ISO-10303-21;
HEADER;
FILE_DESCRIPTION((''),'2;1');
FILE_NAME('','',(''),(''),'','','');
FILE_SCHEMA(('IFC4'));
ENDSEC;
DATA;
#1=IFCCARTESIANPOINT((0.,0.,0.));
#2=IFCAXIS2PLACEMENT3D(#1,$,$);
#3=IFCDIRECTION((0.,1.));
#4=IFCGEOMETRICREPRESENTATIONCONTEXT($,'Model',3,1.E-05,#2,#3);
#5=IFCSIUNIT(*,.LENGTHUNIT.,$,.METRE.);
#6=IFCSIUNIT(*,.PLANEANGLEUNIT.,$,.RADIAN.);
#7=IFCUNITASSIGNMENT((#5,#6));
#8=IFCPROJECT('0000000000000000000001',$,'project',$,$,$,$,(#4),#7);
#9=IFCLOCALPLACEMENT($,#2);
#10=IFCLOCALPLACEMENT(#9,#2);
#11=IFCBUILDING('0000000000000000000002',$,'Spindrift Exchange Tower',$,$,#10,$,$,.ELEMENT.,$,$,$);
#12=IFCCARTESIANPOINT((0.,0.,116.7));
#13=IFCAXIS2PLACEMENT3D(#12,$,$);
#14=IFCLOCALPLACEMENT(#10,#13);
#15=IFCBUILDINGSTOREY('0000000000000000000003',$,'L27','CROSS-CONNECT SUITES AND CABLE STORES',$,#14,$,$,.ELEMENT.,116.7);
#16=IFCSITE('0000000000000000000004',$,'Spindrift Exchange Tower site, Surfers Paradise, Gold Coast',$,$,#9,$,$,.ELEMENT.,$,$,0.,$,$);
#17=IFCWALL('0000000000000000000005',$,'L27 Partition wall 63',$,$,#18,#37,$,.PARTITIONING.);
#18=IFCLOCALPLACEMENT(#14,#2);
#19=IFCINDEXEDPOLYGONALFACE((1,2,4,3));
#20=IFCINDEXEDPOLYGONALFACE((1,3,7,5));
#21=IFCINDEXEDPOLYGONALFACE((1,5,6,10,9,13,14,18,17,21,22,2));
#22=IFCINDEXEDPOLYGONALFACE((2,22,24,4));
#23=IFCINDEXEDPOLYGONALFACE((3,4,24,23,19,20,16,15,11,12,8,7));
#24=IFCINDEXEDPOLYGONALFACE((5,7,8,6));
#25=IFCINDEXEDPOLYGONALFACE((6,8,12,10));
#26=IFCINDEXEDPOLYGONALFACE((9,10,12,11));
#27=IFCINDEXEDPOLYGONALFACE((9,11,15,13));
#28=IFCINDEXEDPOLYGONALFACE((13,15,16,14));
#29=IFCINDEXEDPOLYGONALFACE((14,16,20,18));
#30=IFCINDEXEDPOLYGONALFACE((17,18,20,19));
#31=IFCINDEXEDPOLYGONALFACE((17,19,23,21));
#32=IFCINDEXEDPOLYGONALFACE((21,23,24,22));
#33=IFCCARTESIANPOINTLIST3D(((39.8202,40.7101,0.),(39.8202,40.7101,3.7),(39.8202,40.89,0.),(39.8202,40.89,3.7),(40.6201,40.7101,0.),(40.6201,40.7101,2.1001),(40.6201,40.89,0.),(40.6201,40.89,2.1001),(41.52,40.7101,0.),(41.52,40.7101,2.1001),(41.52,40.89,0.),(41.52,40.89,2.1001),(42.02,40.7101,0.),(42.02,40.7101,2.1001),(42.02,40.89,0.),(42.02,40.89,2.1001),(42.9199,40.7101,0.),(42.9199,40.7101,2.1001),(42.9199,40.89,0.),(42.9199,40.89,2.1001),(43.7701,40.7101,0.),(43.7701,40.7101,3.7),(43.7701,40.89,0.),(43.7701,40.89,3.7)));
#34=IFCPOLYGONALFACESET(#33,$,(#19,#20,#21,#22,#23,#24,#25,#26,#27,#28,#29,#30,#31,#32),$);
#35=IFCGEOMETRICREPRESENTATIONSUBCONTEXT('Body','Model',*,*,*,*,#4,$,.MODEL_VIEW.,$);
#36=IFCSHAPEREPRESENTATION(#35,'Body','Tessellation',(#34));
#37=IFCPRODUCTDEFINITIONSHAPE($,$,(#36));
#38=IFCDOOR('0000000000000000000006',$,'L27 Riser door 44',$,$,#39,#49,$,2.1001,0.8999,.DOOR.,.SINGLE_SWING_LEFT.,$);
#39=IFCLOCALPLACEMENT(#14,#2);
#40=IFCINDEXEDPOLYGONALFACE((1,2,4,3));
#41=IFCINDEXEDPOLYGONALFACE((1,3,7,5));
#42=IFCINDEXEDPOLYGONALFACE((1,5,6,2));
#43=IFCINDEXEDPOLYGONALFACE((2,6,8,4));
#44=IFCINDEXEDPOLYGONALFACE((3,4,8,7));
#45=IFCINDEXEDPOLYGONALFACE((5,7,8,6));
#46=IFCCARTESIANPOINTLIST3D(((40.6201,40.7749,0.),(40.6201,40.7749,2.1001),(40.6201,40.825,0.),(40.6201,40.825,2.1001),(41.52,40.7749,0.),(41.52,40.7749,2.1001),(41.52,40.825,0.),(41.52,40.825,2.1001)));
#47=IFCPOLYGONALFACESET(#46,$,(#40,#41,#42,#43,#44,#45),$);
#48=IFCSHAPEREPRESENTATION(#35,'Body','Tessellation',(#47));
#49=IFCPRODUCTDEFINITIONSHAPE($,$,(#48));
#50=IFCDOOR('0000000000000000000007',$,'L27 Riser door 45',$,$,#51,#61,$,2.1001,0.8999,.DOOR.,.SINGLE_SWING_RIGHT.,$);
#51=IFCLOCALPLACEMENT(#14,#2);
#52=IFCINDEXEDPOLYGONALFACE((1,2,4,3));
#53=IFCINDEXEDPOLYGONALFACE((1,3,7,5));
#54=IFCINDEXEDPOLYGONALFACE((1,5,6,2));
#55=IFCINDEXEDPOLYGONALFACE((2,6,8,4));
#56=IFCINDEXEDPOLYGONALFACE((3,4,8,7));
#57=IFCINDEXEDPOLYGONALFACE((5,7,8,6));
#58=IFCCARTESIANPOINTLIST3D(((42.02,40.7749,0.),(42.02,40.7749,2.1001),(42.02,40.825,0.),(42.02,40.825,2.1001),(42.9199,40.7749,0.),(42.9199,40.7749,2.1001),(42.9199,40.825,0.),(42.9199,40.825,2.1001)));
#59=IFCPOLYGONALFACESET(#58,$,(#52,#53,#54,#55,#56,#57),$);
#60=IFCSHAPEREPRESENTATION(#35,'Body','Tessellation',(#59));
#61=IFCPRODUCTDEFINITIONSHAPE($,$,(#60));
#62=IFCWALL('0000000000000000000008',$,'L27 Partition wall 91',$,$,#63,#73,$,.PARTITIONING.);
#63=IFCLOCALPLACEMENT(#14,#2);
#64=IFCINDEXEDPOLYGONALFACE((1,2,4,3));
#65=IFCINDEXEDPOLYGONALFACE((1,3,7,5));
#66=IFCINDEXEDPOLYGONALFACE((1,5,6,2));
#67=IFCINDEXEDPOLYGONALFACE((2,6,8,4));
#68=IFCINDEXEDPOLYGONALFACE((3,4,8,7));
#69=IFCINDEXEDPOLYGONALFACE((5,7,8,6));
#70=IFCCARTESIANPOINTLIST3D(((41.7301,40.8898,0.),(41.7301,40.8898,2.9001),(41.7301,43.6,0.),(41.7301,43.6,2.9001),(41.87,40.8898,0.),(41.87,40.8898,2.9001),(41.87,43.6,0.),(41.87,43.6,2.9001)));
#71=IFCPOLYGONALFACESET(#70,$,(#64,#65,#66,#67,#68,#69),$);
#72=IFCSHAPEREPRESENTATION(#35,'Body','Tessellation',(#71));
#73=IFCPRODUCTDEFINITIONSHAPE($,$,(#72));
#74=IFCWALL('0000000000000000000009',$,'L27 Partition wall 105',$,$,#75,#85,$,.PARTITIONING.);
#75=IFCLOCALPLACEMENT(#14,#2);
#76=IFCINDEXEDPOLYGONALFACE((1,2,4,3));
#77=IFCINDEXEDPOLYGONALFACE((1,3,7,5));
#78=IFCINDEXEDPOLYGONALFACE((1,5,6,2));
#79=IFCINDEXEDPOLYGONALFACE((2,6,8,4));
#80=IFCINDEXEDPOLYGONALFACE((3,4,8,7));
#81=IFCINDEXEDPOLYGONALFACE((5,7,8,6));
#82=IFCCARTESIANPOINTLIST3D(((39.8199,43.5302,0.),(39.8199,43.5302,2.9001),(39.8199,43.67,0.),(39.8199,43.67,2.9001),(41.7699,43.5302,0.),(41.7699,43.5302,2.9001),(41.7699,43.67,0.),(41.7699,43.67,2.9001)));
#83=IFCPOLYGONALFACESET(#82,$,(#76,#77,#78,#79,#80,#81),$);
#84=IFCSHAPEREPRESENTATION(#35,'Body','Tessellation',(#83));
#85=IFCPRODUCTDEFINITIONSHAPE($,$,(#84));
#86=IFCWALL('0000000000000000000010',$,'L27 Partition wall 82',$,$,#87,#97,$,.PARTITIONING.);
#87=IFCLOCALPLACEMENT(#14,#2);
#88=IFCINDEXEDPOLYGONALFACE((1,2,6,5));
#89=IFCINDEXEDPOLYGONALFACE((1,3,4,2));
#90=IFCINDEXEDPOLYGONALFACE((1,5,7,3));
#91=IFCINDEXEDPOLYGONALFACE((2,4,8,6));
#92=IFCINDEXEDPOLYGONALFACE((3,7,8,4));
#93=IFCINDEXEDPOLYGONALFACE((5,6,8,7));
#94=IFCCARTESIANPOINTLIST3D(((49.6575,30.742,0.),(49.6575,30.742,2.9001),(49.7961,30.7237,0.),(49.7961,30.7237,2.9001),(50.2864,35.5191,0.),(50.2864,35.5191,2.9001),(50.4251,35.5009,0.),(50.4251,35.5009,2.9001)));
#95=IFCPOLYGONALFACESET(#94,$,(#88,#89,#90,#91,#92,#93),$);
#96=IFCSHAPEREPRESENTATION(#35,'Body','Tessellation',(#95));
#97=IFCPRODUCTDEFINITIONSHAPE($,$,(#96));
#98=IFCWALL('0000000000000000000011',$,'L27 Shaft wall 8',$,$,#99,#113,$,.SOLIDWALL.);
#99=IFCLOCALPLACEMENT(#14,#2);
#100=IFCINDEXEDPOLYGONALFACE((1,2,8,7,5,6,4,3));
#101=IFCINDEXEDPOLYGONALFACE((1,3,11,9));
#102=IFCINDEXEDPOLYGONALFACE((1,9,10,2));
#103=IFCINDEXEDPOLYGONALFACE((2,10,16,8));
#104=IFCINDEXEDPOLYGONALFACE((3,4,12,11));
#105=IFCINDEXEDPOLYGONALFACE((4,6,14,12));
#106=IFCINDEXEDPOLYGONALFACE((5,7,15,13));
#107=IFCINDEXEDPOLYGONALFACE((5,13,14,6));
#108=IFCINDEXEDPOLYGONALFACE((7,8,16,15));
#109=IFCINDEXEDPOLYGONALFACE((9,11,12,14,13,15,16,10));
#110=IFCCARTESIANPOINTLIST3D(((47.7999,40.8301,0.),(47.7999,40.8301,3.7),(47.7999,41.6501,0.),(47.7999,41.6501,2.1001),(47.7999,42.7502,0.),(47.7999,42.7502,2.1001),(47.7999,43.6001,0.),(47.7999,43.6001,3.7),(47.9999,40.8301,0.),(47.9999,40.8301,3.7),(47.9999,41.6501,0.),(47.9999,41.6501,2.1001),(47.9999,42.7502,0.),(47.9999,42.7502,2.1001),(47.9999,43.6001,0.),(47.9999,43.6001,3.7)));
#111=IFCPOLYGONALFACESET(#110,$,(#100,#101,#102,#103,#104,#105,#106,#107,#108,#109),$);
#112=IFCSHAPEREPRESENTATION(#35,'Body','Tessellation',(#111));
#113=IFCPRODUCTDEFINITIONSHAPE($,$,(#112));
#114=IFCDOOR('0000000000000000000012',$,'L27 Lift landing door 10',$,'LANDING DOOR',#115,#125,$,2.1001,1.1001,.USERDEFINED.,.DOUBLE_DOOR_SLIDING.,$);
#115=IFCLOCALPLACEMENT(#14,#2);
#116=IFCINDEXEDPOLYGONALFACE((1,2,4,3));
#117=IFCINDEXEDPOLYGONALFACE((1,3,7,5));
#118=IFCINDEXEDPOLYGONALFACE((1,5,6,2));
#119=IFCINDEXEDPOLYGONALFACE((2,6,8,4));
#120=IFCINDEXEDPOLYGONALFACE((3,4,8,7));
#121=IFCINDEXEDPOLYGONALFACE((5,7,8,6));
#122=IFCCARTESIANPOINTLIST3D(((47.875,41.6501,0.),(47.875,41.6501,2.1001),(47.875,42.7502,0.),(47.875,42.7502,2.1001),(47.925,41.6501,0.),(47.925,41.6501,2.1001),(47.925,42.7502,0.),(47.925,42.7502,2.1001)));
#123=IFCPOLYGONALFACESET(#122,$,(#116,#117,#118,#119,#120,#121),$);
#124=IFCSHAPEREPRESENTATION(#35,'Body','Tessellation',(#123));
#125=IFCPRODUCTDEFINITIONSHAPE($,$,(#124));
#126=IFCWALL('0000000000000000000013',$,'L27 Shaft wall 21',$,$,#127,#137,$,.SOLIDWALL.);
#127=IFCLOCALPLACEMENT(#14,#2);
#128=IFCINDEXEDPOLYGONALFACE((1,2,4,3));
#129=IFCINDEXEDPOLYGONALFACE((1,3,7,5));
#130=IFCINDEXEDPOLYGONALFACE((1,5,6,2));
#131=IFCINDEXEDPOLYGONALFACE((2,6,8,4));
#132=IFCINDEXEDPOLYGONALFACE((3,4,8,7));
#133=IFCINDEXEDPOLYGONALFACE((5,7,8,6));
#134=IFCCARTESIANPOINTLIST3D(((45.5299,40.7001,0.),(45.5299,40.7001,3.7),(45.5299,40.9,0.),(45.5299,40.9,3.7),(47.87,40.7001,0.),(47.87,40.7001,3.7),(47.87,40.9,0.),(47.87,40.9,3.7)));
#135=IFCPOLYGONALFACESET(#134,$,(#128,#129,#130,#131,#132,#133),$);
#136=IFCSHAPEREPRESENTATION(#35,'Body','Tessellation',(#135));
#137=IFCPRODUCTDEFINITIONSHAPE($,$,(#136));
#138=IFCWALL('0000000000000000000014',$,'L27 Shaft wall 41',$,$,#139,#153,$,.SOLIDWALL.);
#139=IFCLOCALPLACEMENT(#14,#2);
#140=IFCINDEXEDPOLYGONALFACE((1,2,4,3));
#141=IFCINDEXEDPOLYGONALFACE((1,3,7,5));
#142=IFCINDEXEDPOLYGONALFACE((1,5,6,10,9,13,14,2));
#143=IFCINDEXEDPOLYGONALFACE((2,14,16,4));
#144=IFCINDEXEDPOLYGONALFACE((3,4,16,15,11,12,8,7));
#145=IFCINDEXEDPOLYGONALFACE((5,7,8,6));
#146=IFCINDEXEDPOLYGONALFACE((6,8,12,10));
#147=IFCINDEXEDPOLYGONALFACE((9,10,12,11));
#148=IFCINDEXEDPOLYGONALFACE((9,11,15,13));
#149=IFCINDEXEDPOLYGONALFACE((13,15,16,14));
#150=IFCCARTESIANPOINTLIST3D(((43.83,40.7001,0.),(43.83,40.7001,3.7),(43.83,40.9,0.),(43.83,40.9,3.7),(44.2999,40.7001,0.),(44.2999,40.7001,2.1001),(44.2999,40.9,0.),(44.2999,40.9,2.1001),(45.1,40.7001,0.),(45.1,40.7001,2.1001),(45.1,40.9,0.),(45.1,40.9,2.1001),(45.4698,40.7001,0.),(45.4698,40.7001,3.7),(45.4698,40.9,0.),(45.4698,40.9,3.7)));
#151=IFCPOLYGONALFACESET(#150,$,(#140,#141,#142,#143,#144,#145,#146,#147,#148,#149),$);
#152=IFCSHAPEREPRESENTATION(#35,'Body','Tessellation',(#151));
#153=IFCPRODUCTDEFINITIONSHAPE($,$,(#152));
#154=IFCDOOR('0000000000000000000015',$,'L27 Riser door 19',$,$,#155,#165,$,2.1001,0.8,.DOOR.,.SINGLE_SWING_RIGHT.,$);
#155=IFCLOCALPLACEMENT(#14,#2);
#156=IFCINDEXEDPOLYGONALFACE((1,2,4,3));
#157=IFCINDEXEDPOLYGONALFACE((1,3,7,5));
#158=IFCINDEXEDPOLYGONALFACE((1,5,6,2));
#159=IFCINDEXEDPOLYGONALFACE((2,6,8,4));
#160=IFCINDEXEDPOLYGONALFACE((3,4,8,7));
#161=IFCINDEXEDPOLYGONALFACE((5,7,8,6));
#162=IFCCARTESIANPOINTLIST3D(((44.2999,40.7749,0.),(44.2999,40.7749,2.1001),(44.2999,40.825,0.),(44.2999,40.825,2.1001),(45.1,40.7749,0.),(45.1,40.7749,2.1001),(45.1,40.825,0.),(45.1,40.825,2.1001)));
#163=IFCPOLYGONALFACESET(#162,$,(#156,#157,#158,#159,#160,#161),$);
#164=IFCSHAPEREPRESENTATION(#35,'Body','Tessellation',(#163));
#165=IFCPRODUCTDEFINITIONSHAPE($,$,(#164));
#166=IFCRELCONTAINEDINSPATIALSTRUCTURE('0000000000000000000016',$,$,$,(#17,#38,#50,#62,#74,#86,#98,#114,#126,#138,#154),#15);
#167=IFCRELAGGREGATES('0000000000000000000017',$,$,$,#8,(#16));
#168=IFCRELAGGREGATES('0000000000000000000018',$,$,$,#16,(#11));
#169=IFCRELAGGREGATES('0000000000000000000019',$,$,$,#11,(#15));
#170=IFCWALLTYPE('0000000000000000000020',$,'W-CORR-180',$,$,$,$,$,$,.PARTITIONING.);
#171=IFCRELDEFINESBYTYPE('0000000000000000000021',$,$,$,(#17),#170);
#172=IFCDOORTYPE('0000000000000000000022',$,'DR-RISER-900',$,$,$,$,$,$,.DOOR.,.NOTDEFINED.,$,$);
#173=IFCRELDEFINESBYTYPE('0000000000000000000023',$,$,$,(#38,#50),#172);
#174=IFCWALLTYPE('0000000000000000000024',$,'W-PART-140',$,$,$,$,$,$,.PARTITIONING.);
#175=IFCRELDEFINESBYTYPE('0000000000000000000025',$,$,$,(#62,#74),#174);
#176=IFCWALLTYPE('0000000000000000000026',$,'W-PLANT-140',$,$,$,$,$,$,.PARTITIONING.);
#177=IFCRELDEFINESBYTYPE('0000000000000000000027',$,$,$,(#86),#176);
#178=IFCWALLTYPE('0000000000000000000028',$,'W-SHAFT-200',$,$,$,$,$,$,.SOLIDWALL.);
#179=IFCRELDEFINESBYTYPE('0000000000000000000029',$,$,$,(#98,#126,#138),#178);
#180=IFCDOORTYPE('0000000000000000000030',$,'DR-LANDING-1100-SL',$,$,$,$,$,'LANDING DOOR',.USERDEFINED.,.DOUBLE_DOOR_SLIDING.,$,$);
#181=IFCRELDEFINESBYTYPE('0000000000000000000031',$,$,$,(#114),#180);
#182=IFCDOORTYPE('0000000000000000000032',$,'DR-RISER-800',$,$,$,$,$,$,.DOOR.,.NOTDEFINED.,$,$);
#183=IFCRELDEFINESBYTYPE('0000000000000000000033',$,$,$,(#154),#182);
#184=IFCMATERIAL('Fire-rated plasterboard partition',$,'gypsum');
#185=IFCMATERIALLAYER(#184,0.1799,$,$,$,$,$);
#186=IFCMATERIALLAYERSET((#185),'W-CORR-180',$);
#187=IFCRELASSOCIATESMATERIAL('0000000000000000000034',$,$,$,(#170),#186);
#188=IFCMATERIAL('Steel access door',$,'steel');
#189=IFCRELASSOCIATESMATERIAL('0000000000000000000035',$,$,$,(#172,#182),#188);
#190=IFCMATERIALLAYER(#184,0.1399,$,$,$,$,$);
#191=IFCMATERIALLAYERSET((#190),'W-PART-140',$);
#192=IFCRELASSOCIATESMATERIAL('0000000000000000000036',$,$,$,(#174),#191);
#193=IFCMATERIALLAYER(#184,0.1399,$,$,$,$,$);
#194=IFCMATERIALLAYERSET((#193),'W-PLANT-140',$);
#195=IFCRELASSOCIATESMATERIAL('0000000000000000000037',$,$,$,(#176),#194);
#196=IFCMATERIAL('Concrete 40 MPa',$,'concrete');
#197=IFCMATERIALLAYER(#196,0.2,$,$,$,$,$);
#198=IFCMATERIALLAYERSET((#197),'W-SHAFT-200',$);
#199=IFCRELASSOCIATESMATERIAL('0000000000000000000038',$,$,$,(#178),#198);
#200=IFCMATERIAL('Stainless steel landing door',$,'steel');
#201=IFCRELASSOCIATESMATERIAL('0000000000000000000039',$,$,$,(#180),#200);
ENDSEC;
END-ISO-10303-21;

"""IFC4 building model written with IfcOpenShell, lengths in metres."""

from ifc_helpers import new_model, si_unit, direction, frame, frame_2d, origin, place, context, subcontext, project, spatial, rectangle, extrude, source, transform, mapped, material, layer, layer_set, type_object, element, fill, save


model = new_model("IFC4")

# Units and contexts
model_context = context("Model", 3, precision=1e-05, world=origin(), true_north=direction((0.0, 1.0)))
body_context = subcontext(model_context, "Body", "Model", "MODEL_VIEW")
ifc_project = project(units=[si_unit("LENGTHUNIT", "METRE"), si_unit("PLANEANGLEUNIT", "RADIAN")], contexts=[model_context])

# Site, building, storey
site_placement = place(None, origin())
site = spatial("IfcSite", under=ifc_project, at=site_placement, Name="Spindrift Exchange Tower site, Surfers Paradise, Gold Coast", CompositionType="ELEMENT", RefElevation=0.0)
building_placement = place(site_placement, origin())
building = spatial("IfcBuilding", under=site, at=building_placement, Name="Spindrift Exchange Tower", CompositionType="ELEMENT")
storey_placement = place(building_placement, frame((0.0, 0.0, 116.7)))
storey = spatial("IfcBuildingStorey", under=building, at=storey_placement, Name="L27", Description="CROSS-CONNECT SUITES AND CABLE STORES", CompositionType="ELEMENT", Elevation=116.7)

# Wall, openings, doors
ifc_material_1 = material(Name="Fire-rated plasterboard partition", Category="gypsum")
ifc_layer_1 = layer(ifc_material_1, 0.1799)
ifc_layer_set_1 = layer_set([ifc_layer_1], Name="W-CORR-180")
wall_type_1 = type_object("IfcWallType", Name="W-CORR-180", PredefinedType="PARTITIONING", material=ifc_layer_set_1)
wall_1_placement = place(storey_placement, frame((39.8201, 40.8, 0.0), z_axis=(0.0, 0.0, 1.0), x_axis=(1.0, 0.0, 0.0)))
wall_1 = element("IfcWall", 1, at=wall_1_placement, inside=storey, type_object=wall_type_1, Name="L27 Partition wall 63", PredefinedType="PARTITIONING", context=body_context, shape_type="SweptSolid", body=[
    extrude(rectangle(XDim=3.95, YDim=0.1799, at=frame_2d((1.9751, 0.0))), origin(), (0.0, 0.0, 1.0), 3.7),
])
opening_1_placement = place(wall_1_placement, frame((0.8, 0.0, 0.0)))
opening_1 = element("IfcOpeningElement", 2, at=opening_1_placement, cuts=wall_1, PredefinedType="OPENING", context=body_context, shape_type="SweptSolid", body=[
    extrude(rectangle(XDim=0.8999, YDim=2.1001, at=frame_2d((0.45, 1.05))), frame((0.0, 0.0999, 0.0), z_axis=(0.0, -1.0, 0.0), x_axis=(1.0, 0.0, 0.0)), (0.0, 0.0, 1.0), 0.2),
])
opening_2_placement = place(wall_1_placement, frame((2.2, 0.0, 0.0)))
opening_2 = element("IfcOpeningElement", 3, at=opening_2_placement, cuts=wall_1, PredefinedType="OPENING", context=body_context, shape_type="SweptSolid", body=[
    extrude(rectangle(XDim=0.8999, YDim=2.1001, at=frame_2d((0.45, 1.05))), frame((0.0, 0.0999, 0.0), z_axis=(0.0, -1.0, 0.0), x_axis=(1.0, 0.0, 0.0)), (0.0, 0.0, 1.0), 0.2),
])
ifc_material_2 = material(Name="Steel access door", Category="steel")
door_type_1 = type_object("IfcDoorType", Name="DR-RISER-900", OperationType="NOTDEFINED", PredefinedType="DOOR", material=ifc_material_2)
shared_shape_1 = source(origin(), body_context, "Body", "SweptSolid", [
    extrude(rectangle(XDim=0.8999, YDim=2.1001, at=frame_2d((0.45, 1.05))), frame((0.0, 0.0249, 0.0), z_axis=(0.0, -1.0, 0.0), x_axis=(1.0, 0.0, 0.0)), (0.0, 0.0, 1.0), 0.05),
])
door_1_placement = place(opening_1_placement, origin())
door_1 = element("IfcDoor", 4, at=door_1_placement, inside=storey, type_object=door_type_1, Name="L27 Riser door 44", OperationType="SINGLE_SWING_LEFT", OverallHeight=2.1001, OverallWidth=0.8999, PredefinedType="DOOR", context=body_context, shape_type="MappedRepresentation", body=[
    mapped(shared_shape_1, transform((0.0, 0.0, 0.0), scale=1.0)),
])
fill(opening_1, door_1)
door_2_placement = place(opening_2_placement, origin())
door_2 = element("IfcDoor", 5, at=door_2_placement, inside=storey, type_object=door_type_1, Name="L27 Riser door 45", OperationType="SINGLE_SWING_RIGHT", OverallHeight=2.1001, OverallWidth=0.8999, PredefinedType="DOOR", context=body_context, shape_type="MappedRepresentation", body=[
    mapped(shared_shape_1, transform((0.0, 0.0, 0.0), scale=1.0)),
])
fill(opening_2, door_2)

# Walls
ifc_layer_2 = layer(ifc_material_1, 0.1399)
ifc_layer_set_2 = layer_set([ifc_layer_2], Name="W-PART-140")
wall_type_2 = type_object("IfcWallType", Name="W-PART-140", PredefinedType="PARTITIONING", material=ifc_layer_set_2)
wall_2_placement = place(storey_placement, frame((41.8, 40.8899, 0.0), z_axis=(0.0, 0.0, 1.0), x_axis=(0.0, 1.0, 0.0)))
element("IfcWall", 6, at=wall_2_placement, inside=storey, type_object=wall_type_2, Name="L27 Partition wall 91", PredefinedType="PARTITIONING", context=body_context, shape_type="SweptSolid", body=[
    extrude(rectangle(XDim=2.7102, YDim=0.1399, at=frame_2d((1.355, 0.0))), origin(), (0.0, 0.0, 1.0), 2.9001),
])
wall_3_placement = place(storey_placement, frame((41.77, 43.6001, 0.0), z_axis=(0.0, 0.0, 1.0), x_axis=(-1.0, 0.0, 0.0)))
element("IfcWall", 7, at=wall_3_placement, inside=storey, type_object=wall_type_2, Name="L27 Partition wall 105", PredefinedType="PARTITIONING", context=body_context, shape_type="SweptSolid", body=[
    extrude(rectangle(XDim=1.95, YDim=0.1399, at=frame_2d((0.9751, 0.0))), origin(), (0.0, 0.0, 1.0), 2.9001),
])
ifc_layer_3 = layer(ifc_material_1, 0.1399)
ifc_layer_set_3 = layer_set([ifc_layer_3], Name="W-PLANT-140")
wall_type_3 = type_object("IfcWallType", Name="W-PLANT-140", PredefinedType="PARTITIONING", material=ifc_layer_set_3)
wall_4_placement = place(storey_placement, frame((50.3557, 35.51, 0.0), z_axis=(0.0, 0.0, 1.0), x_axis=(-0.130524, -0.991445, 0.0)))
element("IfcWall", 8, at=wall_4_placement, inside=storey, type_object=wall_type_3, Name="L27 Partition wall 82", PredefinedType="PARTITIONING", context=body_context, shape_type="SweptSolid", body=[
    extrude(rectangle(XDim=4.8184, YDim=0.1399, at=frame_2d((2.4092, 0.0))), origin(), (0.0, 0.0, 1.0), 2.9001),
])

# Wall, opening, door
ifc_material_3 = material(Name="Concrete 40 MPa", Category="concrete")
ifc_layer_4 = layer(ifc_material_3, 0.2)
ifc_layer_set_4 = layer_set([ifc_layer_4], Name="W-SHAFT-200")
wall_type_4 = type_object("IfcWallType", Name="W-SHAFT-200", PredefinedType="SOLIDWALL", material=ifc_layer_set_4)
wall_5_placement = place(storey_placement, frame((47.8999, 40.8301, 0.0), z_axis=(0.0, 0.0, 1.0), x_axis=(0.0, 1.0, 0.0)))
wall_5 = element("IfcWall", 9, at=wall_5_placement, inside=storey, type_object=wall_type_4, Name="L27 Shaft wall 8", PredefinedType="SOLIDWALL", context=body_context, shape_type="SweptSolid", body=[
    extrude(rectangle(XDim=2.77, YDim=0.2, at=frame_2d((1.385, 0.0))), origin(), (0.0, 0.0, 1.0), 3.7),
])
opening_3_placement = place(wall_5_placement, frame((0.8201, 0.0, 0.0)))
opening_3 = element("IfcOpeningElement", 10, at=opening_3_placement, cuts=wall_5, PredefinedType="OPENING", context=body_context, shape_type="SweptSolid", body=[
    extrude(rectangle(XDim=1.1001, YDim=2.1001, at=frame_2d((0.55, 1.05))), frame((0.0, 0.1099, 0.0), z_axis=(0.0, -1.0, 0.0), x_axis=(1.0, 0.0, 0.0)), (0.0, 0.0, 1.0), 0.22),
])
ifc_material_4 = material(Name="Stainless steel landing door", Category="steel")
door_type_2 = type_object("IfcDoorType", Name="DR-LANDING-1100-SL", ElementType="LANDING DOOR", OperationType="DOUBLE_DOOR_SLIDING", PredefinedType="USERDEFINED", material=ifc_material_4)
shared_shape_2 = source(origin(), body_context, "Body", "SweptSolid", [
    extrude(rectangle(XDim=1.1001, YDim=2.1001, at=frame_2d((0.55, 1.05))), frame((0.0, 0.0249, 0.0), z_axis=(0.0, -1.0, 0.0), x_axis=(1.0, 0.0, 0.0)), (0.0, 0.0, 1.0), 0.05),
])
door_3_placement = place(opening_3_placement, origin())
door_3 = element("IfcDoor", 11, at=door_3_placement, inside=storey, type_object=door_type_2, Name="L27 Lift landing door 10", ObjectType="LANDING DOOR", OperationType="DOUBLE_DOOR_SLIDING", OverallHeight=2.1001, OverallWidth=1.1001, PredefinedType="USERDEFINED", context=body_context, shape_type="MappedRepresentation", body=[
    mapped(shared_shape_2, transform((0.0, 0.0, 0.0), scale=1.0)),
])
fill(opening_3, door_3)

# Wall
wall_6_placement = place(storey_placement, frame((45.53, 40.8, 0.0), z_axis=(0.0, 0.0, 1.0), x_axis=(1.0, 0.0, 0.0)))
element("IfcWall", 12, at=wall_6_placement, inside=storey, type_object=wall_type_4, Name="L27 Shaft wall 21", PredefinedType="SOLIDWALL", context=body_context, shape_type="SweptSolid", body=[
    extrude(rectangle(XDim=2.3401, YDim=0.2, at=frame_2d((1.1699, 0.0))), origin(), (0.0, 0.0, 1.0), 3.7),
])

# Wall, opening, door
wall_7_placement = place(storey_placement, frame((43.8301, 40.8, 0.0), z_axis=(0.0, 0.0, 1.0), x_axis=(1.0, 0.0, 0.0)))
wall_7 = element("IfcWall", 13, at=wall_7_placement, inside=storey, type_object=wall_type_4, Name="L27 Shaft wall 41", PredefinedType="SOLIDWALL", context=body_context, shape_type="SweptSolid", body=[
    extrude(rectangle(XDim=1.6399, YDim=0.2, at=frame_2d((0.8198, 0.0))), origin(), (0.0, 0.0, 1.0), 3.7),
])
opening_4_placement = place(wall_7_placement, frame((0.47, 0.0, 0.0)))
opening_4 = element("IfcOpeningElement", 14, at=opening_4_placement, cuts=wall_7, PredefinedType="OPENING", context=body_context, shape_type="SweptSolid", body=[
    extrude(rectangle(XDim=0.8, YDim=2.1001, at=frame_2d((0.3999, 1.05))), frame((0.0, 0.1099, 0.0), z_axis=(0.0, -1.0, 0.0), x_axis=(1.0, 0.0, 0.0)), (0.0, 0.0, 1.0), 0.22),
])
door_type_3 = type_object("IfcDoorType", Name="DR-RISER-800", OperationType="NOTDEFINED", PredefinedType="DOOR", material=ifc_material_2)
shared_shape_3 = source(origin(), body_context, "Body", "SweptSolid", [
    extrude(rectangle(XDim=0.8, YDim=2.1001, at=frame_2d((0.3999, 1.05))), frame((0.0, 0.0249, 0.0), z_axis=(0.0, -1.0, 0.0), x_axis=(1.0, 0.0, 0.0)), (0.0, 0.0, 1.0), 0.05),
])
door_4_placement = place(opening_4_placement, origin())
door_4 = element("IfcDoor", 15, at=door_4_placement, inside=storey, type_object=door_type_3, Name="L27 Riser door 19", OperationType="SINGLE_SWING_RIGHT", OverallHeight=2.1001, OverallWidth=0.8, PredefinedType="DOOR", context=body_context, shape_type="MappedRepresentation", body=[
    mapped(shared_shape_3, transform((0.0, 0.0, 0.0), scale=1.0)),
])
fill(opening_4, door_4)

save(model, "model.ifc")
